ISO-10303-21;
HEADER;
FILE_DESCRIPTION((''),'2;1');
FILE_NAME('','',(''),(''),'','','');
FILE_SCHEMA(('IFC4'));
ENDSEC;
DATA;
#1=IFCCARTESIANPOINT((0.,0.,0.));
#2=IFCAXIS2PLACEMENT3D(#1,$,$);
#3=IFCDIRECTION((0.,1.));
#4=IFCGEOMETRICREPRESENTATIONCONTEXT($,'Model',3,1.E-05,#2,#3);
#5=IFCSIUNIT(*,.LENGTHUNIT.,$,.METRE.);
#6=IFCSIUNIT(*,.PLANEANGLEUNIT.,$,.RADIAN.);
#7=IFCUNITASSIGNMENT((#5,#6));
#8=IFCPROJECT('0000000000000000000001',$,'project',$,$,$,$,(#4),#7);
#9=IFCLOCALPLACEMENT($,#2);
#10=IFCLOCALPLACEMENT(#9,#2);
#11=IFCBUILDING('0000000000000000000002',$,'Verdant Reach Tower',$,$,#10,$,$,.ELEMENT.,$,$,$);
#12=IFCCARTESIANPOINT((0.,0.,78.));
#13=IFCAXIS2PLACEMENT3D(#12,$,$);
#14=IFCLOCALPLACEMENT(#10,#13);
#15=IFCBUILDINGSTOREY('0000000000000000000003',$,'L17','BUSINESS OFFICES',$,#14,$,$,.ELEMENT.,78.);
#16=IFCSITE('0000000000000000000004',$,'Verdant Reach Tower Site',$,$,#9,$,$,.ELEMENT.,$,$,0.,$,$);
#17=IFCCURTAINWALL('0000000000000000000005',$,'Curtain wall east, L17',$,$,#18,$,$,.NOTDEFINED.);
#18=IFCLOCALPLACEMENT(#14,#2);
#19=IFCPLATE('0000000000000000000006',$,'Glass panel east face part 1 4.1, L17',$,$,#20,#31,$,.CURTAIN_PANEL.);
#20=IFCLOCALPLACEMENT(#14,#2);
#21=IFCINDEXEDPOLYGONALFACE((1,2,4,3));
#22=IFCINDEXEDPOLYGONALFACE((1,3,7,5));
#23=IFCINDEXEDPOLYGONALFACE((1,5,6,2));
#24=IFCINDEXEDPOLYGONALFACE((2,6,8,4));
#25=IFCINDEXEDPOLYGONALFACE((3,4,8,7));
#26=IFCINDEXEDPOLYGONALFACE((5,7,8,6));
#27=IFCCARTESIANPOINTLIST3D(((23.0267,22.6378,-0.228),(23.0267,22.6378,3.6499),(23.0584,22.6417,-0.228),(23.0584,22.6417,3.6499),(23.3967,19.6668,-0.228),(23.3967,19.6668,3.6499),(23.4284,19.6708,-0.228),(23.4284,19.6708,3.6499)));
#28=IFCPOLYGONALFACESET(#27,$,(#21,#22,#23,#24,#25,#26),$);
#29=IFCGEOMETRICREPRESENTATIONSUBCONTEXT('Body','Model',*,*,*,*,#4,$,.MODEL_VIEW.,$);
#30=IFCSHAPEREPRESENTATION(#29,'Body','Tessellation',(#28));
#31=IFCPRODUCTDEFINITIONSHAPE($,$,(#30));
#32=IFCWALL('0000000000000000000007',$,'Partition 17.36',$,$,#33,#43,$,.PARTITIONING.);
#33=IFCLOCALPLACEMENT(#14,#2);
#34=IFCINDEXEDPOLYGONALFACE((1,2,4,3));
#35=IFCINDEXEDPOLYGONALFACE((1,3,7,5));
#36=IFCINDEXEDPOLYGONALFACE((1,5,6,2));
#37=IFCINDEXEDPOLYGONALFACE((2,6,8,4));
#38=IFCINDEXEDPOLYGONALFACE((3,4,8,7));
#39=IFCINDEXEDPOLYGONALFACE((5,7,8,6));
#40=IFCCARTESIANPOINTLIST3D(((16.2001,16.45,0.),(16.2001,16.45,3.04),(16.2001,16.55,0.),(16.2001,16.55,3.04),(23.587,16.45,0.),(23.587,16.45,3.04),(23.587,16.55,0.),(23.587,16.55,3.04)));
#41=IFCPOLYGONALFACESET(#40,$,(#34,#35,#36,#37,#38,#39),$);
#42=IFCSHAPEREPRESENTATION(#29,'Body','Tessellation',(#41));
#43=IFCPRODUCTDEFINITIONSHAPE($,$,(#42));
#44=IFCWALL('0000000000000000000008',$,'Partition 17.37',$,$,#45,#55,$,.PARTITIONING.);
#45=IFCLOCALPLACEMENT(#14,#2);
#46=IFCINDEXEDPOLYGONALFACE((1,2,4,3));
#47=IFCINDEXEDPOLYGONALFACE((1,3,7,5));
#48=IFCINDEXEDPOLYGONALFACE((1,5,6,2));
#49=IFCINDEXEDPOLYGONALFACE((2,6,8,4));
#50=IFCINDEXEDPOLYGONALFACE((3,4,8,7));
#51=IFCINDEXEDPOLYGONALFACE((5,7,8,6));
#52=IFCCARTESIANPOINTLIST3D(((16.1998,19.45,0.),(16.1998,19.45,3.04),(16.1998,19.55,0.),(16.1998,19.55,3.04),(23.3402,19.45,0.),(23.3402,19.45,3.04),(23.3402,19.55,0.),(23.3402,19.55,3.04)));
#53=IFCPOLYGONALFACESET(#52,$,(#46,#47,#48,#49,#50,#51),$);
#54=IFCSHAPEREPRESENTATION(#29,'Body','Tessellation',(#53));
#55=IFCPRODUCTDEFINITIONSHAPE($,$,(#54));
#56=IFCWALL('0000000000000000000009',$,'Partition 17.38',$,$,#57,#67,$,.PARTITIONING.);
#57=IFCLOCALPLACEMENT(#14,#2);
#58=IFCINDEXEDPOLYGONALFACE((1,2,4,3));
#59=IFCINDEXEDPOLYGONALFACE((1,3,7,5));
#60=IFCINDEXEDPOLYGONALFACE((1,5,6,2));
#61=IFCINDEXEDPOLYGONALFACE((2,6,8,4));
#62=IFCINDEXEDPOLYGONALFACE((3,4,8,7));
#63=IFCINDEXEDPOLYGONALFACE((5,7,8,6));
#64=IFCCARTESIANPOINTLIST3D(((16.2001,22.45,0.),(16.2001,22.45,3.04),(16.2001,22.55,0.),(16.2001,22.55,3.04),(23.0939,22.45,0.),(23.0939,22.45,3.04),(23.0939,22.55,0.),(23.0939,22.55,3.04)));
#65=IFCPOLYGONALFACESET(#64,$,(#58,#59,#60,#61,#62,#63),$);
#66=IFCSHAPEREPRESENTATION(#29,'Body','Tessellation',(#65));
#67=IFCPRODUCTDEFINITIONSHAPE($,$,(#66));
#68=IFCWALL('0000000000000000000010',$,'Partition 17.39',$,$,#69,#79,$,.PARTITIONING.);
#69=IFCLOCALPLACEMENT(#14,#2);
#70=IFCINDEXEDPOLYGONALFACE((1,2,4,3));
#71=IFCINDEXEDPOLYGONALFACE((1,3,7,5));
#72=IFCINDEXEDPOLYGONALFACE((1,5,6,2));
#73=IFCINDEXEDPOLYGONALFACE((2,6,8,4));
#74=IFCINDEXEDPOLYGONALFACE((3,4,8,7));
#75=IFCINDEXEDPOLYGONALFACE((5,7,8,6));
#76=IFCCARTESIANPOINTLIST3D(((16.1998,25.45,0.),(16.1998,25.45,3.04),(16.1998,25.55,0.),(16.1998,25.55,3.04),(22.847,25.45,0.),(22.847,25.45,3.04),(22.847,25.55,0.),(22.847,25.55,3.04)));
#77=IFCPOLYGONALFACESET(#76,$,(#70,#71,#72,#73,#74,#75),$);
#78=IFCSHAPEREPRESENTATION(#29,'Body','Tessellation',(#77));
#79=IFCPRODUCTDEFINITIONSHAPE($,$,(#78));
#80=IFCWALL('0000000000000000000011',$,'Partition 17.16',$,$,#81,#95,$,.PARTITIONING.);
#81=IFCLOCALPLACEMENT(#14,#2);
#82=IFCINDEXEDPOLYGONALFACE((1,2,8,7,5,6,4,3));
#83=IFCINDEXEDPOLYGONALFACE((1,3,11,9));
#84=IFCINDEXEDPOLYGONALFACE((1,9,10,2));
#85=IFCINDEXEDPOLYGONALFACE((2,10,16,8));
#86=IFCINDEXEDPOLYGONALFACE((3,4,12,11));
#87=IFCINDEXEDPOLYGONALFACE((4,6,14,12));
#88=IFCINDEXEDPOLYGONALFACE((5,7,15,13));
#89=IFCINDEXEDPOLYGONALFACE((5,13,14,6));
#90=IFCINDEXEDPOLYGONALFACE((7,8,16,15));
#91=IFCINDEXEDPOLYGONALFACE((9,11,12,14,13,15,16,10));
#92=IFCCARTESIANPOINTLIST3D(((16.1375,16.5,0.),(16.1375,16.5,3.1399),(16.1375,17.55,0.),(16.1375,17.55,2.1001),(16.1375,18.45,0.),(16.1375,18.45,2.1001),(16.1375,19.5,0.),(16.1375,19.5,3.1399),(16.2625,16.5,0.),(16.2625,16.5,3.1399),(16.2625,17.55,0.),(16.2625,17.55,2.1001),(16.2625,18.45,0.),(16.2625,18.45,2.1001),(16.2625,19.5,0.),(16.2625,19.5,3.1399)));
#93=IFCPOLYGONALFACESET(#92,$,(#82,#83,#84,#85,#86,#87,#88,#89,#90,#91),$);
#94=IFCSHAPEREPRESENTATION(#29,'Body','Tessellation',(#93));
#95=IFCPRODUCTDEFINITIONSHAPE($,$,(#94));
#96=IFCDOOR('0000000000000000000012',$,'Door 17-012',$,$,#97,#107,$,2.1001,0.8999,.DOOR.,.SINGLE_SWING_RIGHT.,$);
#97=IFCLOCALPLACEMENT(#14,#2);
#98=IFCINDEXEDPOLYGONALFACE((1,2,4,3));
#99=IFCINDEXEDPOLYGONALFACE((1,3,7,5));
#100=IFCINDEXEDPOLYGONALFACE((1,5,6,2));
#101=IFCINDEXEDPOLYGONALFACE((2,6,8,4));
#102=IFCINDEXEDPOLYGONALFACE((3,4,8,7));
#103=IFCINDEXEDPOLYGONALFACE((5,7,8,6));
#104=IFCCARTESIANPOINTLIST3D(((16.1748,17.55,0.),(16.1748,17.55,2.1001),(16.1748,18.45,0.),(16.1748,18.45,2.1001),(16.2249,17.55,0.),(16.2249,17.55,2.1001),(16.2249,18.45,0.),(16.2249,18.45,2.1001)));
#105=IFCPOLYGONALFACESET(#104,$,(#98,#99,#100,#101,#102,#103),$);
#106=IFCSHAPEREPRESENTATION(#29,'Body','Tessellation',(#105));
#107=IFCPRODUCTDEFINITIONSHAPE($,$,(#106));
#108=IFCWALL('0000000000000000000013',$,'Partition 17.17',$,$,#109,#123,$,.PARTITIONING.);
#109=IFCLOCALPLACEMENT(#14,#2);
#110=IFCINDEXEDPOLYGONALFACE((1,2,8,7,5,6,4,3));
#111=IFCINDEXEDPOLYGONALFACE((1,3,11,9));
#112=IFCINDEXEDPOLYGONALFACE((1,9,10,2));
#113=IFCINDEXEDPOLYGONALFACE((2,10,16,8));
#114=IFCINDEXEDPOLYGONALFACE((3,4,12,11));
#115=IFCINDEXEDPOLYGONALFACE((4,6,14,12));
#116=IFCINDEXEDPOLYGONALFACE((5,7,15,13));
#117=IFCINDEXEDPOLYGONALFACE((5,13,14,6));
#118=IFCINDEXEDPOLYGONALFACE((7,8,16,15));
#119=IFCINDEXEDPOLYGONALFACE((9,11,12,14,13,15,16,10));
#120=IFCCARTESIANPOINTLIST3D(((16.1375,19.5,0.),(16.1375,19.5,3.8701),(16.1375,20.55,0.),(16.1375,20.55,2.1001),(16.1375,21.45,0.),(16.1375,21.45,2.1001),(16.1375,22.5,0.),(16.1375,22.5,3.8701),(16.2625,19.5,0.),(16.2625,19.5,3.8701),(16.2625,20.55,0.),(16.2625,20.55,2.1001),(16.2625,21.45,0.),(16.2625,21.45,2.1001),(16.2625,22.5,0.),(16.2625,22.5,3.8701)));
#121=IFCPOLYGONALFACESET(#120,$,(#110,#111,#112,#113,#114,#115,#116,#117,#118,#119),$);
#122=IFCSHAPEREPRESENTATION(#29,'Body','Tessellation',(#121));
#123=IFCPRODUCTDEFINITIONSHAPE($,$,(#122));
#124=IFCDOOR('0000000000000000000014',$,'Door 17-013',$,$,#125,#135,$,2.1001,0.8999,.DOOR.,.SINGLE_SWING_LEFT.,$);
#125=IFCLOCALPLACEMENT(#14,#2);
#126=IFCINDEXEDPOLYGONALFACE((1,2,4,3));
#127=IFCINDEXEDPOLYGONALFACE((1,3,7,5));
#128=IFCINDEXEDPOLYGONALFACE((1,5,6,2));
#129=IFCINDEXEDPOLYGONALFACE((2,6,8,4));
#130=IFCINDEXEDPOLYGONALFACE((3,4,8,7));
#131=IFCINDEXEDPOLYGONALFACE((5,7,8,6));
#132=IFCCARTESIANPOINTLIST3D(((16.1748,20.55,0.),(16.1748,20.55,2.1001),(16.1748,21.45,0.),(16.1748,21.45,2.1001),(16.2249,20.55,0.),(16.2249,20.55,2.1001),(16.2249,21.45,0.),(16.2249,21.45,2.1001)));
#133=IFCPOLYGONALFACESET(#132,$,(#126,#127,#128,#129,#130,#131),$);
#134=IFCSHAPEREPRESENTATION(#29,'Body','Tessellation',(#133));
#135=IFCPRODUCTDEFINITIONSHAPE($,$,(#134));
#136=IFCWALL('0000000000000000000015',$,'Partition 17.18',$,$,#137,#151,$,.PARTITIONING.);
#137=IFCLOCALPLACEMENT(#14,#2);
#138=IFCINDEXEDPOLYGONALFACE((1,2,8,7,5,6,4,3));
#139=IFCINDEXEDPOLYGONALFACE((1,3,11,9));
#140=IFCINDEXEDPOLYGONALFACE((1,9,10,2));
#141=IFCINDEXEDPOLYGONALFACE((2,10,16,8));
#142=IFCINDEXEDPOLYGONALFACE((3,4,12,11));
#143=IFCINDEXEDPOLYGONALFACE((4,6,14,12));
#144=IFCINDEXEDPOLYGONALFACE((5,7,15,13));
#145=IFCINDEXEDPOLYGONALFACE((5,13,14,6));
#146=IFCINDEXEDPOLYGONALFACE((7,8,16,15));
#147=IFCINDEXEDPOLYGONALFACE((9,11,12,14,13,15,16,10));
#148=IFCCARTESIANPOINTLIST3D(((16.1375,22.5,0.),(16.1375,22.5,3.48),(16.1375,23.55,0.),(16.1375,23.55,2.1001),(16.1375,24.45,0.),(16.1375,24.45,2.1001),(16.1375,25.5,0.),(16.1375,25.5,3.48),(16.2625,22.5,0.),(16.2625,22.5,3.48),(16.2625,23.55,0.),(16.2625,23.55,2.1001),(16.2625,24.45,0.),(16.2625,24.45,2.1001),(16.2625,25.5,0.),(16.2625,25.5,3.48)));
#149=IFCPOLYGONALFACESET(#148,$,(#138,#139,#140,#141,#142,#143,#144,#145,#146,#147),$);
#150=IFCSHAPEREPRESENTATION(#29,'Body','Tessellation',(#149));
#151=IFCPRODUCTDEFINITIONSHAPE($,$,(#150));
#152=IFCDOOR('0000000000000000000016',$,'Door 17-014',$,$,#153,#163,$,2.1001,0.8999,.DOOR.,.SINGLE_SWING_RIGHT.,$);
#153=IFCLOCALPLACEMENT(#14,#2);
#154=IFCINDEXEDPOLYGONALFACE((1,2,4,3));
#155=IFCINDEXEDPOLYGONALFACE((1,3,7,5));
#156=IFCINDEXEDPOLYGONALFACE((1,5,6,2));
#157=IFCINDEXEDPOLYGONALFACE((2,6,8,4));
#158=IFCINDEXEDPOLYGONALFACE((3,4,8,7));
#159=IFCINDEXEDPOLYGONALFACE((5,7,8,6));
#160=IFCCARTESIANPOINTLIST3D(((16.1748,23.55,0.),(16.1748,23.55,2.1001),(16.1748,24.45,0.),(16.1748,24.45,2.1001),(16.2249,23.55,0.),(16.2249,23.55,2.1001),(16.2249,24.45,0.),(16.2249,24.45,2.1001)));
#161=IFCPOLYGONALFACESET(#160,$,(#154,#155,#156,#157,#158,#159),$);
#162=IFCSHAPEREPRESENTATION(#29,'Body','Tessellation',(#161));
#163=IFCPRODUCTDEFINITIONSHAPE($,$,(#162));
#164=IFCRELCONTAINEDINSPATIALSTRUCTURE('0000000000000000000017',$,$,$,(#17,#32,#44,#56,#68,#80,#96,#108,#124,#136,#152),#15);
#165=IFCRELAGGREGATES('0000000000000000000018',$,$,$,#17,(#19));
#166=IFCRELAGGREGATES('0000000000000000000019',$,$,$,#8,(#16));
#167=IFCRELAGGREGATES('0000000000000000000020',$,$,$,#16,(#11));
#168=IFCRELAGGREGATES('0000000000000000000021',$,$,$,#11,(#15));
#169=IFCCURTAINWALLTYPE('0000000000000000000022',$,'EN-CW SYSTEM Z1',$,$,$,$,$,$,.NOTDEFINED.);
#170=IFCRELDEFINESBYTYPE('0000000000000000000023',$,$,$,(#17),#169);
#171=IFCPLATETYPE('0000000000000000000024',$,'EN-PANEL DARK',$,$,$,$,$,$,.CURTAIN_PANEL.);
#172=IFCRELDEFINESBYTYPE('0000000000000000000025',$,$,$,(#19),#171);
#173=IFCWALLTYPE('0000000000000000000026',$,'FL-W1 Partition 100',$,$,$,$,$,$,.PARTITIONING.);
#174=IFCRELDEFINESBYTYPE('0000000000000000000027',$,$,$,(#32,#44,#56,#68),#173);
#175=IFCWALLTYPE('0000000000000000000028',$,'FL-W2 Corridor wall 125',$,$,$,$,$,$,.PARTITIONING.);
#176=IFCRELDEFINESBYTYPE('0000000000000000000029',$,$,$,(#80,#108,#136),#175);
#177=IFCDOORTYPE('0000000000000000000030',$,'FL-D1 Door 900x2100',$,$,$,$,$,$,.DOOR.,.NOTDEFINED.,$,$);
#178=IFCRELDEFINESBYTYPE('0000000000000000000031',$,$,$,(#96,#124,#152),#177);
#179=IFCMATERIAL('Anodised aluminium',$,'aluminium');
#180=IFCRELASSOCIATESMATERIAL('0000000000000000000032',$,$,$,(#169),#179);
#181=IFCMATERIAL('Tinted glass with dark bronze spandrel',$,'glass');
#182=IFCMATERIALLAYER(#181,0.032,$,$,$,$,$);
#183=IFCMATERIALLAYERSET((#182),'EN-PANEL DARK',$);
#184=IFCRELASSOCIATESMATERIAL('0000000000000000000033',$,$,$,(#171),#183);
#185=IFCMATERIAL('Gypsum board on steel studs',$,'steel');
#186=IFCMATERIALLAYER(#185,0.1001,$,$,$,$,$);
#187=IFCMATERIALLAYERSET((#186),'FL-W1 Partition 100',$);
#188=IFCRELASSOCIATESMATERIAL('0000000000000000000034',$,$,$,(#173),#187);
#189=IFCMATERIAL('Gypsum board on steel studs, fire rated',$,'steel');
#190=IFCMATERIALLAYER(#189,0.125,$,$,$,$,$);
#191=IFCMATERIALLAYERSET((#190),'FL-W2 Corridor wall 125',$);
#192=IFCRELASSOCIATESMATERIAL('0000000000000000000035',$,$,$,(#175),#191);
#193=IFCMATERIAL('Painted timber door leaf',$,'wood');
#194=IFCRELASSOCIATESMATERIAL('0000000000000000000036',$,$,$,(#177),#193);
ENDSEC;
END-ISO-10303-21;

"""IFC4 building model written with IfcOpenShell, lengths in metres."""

from ifc_helpers import new_model, si_unit, direction, frame, frame_2d, origin, origin_2d, place, context, subcontext, project, spatial, rectangle, extrude, material, layer, layer_set, type_object, element, fill, aggregate, save


model = new_model("IFC4")

# Units and contexts
model_context = context("Model", 3, precision=1e-05, world=origin(), true_north=direction((0.0, 1.0)))
body_context = subcontext(model_context, "Body", "Model", "MODEL_VIEW")
ifc_project = project(units=[si_unit("LENGTHUNIT", "METRE"), si_unit("PLANEANGLEUNIT", "RADIAN")], contexts=[model_context])

# Site, building, storey
site_placement = place(None, origin())
site = spatial("IfcSite", under=ifc_project, at=site_placement, Name="Verdant Reach Tower Site", CompositionType="ELEMENT", RefElevation=0.0)
building_placement = place(site_placement, origin())
building = spatial("IfcBuilding", under=site, at=building_placement, Name="Verdant Reach Tower", CompositionType="ELEMENT")
storey_placement = place(building_placement, frame((0.0, 0.0, 78.0)))
storey = spatial("IfcBuildingStorey", under=building, at=storey_placement, Name="L17", Description="BUSINESS OFFICES", CompositionType="ELEMENT", Elevation=78.0)

# Curtain wall, plate
ifc_material_1 = material(Name="Anodised aluminium", Category="aluminium")
curtain_wall_type = type_object("IfcCurtainWallType", Name="EN-CW SYSTEM Z1", PredefinedType="NOTDEFINED", material=ifc_material_1)
curtain_wall_placement = place(storey_placement, origin())
curtain_wall = element("IfcCurtainWall", 1, at=curtain_wall_placement, inside=storey, type_object=curtain_wall_type, Name="Curtain wall east, L17", PredefinedType="NOTDEFINED")
ifc_material_2 = material(Name="Tinted glass with dark bronze spandrel", Category="glass")
ifc_layer_1 = layer(ifc_material_2, 0.032)
ifc_layer_set_1 = layer_set([ifc_layer_1], Name="EN-PANEL DARK")
plate_type_1 = type_object("IfcPlateType", Name="EN-PANEL DARK", PredefinedType="CURTAIN_PANEL", material=ifc_layer_set_1)
plate_1_placement = place(storey_placement, frame((23.2275, 21.1543, -0.228), z_axis=(0.0, 0.0, 1.0), x_axis=(-0.123579, 0.992335, 0.0)))
plate_1 = element("IfcPlate", 2, at=plate_1_placement, type_object=plate_type_1, Name="Glass panel east face part 1 4.1, L17", PredefinedType="CURTAIN_PANEL", context=body_context, shape_type="SweptSolid", body=[
    extrude(rectangle(XDim=2.9939, YDim=0.032, at=origin_2d()), origin(), (0.0, 0.0, 1.0), 3.8779),
])
aggregate(curtain_wall, [plate_1])

# Walls
ifc_material_3 = material(Name="Gypsum board on steel studs", Category="steel")
ifc_layer_2 = layer(ifc_material_3, 0.1001)
ifc_layer_set_2 = layer_set([ifc_layer_2], Name="FL-W1 Partition 100")
wall_type_1 = type_object("IfcWallType", Name="FL-W1 Partition 100", PredefinedType="PARTITIONING", material=ifc_layer_set_2)
wall_1_placement = place(storey_placement, frame((23.5869, 16.5, 0.0), z_axis=(0.0, 0.0, 1.0), x_axis=(-1.0, 0.0, 0.0)))
element("IfcWall", 3, at=wall_1_placement, inside=storey, type_object=wall_type_1, Name="Partition 17.36", PredefinedType="PARTITIONING", context=body_context, shape_type="SweptSolid", body=[
    extrude(rectangle(XDim=7.387, YDim=0.1001, at=frame_2d((3.6934, 0.0))), origin(), (0.0, 0.0, 1.0), 3.04),
])
wall_2_placement = place(storey_placement, frame((23.3403, 19.5, 0.0), z_axis=(0.0, 0.0, 1.0), x_axis=(-1.0, 0.0, 0.0)))
element("IfcWall", 4, at=wall_2_placement, inside=storey, type_object=wall_type_1, Name="Partition 17.37", PredefinedType="PARTITIONING", context=body_context, shape_type="SweptSolid", body=[
    extrude(rectangle(XDim=7.1404, YDim=0.1001, at=frame_2d((3.5703, 0.0))), origin(), (0.0, 0.0, 1.0), 3.04),
])
wall_3_placement = place(storey_placement, frame((23.0938, 22.5, 0.0), z_axis=(0.0, 0.0, 1.0), x_axis=(-1.0, 0.0, 0.0)))
element("IfcWall", 5, at=wall_3_placement, inside=storey, type_object=wall_type_1, Name="Partition 17.38", PredefinedType="PARTITIONING", context=body_context, shape_type="SweptSolid", body=[
    extrude(rectangle(XDim=6.8938, YDim=0.1001, at=frame_2d((3.4468, 0.0))), origin(), (0.0, 0.0, 1.0), 3.04),
])
wall_4_placement = place(storey_placement, frame((22.8472, 25.5, 0.0), z_axis=(0.0, 0.0, 1.0), x_axis=(-1.0, 0.0, 0.0)))
element("IfcWall", 6, at=wall_4_placement, inside=storey, type_object=wall_type_1, Name="Partition 17.39", PredefinedType="PARTITIONING", context=body_context, shape_type="SweptSolid", body=[
    extrude(rectangle(XDim=6.6472, YDim=0.1001, at=frame_2d((3.3237, 0.0))), origin(), (0.0, 0.0, 1.0), 3.04),
])

# Walls, openings, doors
ifc_material_4 = material(Name="Gypsum board on steel studs, fire rated", Category="steel")
ifc_layer_3 = layer(ifc_material_4, 0.125)
ifc_layer_set_3 = layer_set([ifc_layer_3], Name="FL-W2 Corridor wall 125")
wall_type_2 = type_object("IfcWallType", Name="FL-W2 Corridor wall 125", PredefinedType="PARTITIONING", material=ifc_layer_set_3)
wall_5_placement = place(storey_placement, frame((16.2, 19.5, 0.0), z_axis=(0.0, 0.0, 1.0), x_axis=(0.0, -1.0, 0.0)))
wall_5 = element("IfcWall", 7, at=wall_5_placement, inside=storey, type_object=wall_type_2, Name="Partition 17.16", PredefinedType="PARTITIONING", context=body_context, shape_type="SweptSolid", body=[
    extrude(rectangle(XDim=3.0, YDim=0.125, at=frame_2d((1.5, 0.0))), origin(), (0.0, 0.0, 1.0), 3.1399),
])
opening_1_placement = place(wall_5_placement, frame((1.05, 0.0, 0.0)))
opening_1 = element("IfcOpeningElement", 8, at=opening_1_placement, cuts=wall_5, PredefinedType="OPENING", context=body_context, shape_type="SweptSolid", body=[
    extrude(rectangle(XDim=0.8999, YDim=2.1001, at=frame_2d((0.45, 1.05))), frame((0.0, 0.0725, 0.0), z_axis=(0.0, -1.0, 0.0), x_axis=(1.0, 0.0, 0.0)), (0.0, 0.0, 1.0), 0.145),
])
ifc_material_5 = material(Name="Painted timber door leaf", Category="wood")
door_type = type_object("IfcDoorType", Name="FL-D1 Door 900x2100", OperationType="NOTDEFINED", PredefinedType="DOOR", material=ifc_material_5)
door_1_placement = place(opening_1_placement, origin())
door_1 = element("IfcDoor", 9, at=door_1_placement, inside=storey, type_object=door_type, Name="Door 17-012", OperationType="SINGLE_SWING_RIGHT", OverallHeight=2.1001, OverallWidth=0.8999, PredefinedType="DOOR", context=body_context, shape_type="SweptSolid", body=[
    extrude(rectangle(XDim=0.8999, YDim=2.1001, at=frame_2d((0.45, 1.05))), frame((0.0, 0.0249, 0.0), z_axis=(0.0, -1.0, 0.0), x_axis=(1.0, 0.0, 0.0)), (0.0, 0.0, 1.0), 0.05),
])
fill(opening_1, door_1)
wall_6_placement = place(storey_placement, frame((16.2, 22.5, 0.0), z_axis=(0.0, 0.0, 1.0), x_axis=(0.0, -1.0, 0.0)))
wall_6 = element("IfcWall", 10, at=wall_6_placement, inside=storey, type_object=wall_type_2, Name="Partition 17.17", PredefinedType="PARTITIONING", context=body_context, shape_type="SweptSolid", body=[
    extrude(rectangle(XDim=3.0, YDim=0.125, at=frame_2d((1.5, 0.0))), origin(), (0.0, 0.0, 1.0), 3.8701),
])
opening_2_placement = place(wall_6_placement, frame((1.05, 0.0, 0.0)))
opening_2 = element("IfcOpeningElement", 11, at=opening_2_placement, cuts=wall_6, PredefinedType="OPENING", context=body_context, shape_type="SweptSolid", body=[
    extrude(rectangle(XDim=0.8999, YDim=2.1001, at=frame_2d((0.45, 1.05))), frame((0.0, 0.0725, 0.0), z_axis=(0.0, -1.0, 0.0), x_axis=(1.0, 0.0, 0.0)), (0.0, 0.0, 1.0), 0.145),
])
door_2_placement = place(opening_2_placement, origin())
door_2 = element("IfcDoor", 12, at=door_2_placement, inside=storey, type_object=door_type, Name="Door 17-013", OperationType="SINGLE_SWING_LEFT", OverallHeight=2.1001, OverallWidth=0.8999, PredefinedType="DOOR", context=body_context, shape_type="SweptSolid", body=[
    extrude(rectangle(XDim=0.8999, YDim=2.1001, at=frame_2d((0.45, 1.05))), frame((0.0, 0.0249, 0.0), z_axis=(0.0, -1.0, 0.0), x_axis=(1.0, 0.0, 0.0)), (0.0, 0.0, 1.0), 0.05),
])
fill(opening_2, door_2)
wall_7_placement = place(storey_placement, frame((16.2, 25.5, 0.0), z_axis=(0.0, 0.0, 1.0), x_axis=(0.0, -1.0, 0.0)))
wall_7 = element("IfcWall", 13, at=wall_7_placement, inside=storey, type_object=wall_type_2, Name="Partition 17.18", PredefinedType="PARTITIONING", context=body_context, shape_type="SweptSolid", body=[
    extrude(rectangle(XDim=3.0, YDim=0.125, at=frame_2d((1.5, 0.0))), origin(), (0.0, 0.0, 1.0), 3.48),
])
opening_3_placement = place(wall_7_placement, frame((1.05, 0.0, 0.0)))
opening_3 = element("IfcOpeningElement", 14, at=opening_3_placement, cuts=wall_7, PredefinedType="OPENING", context=body_context, shape_type="SweptSolid", body=[
    extrude(rectangle(XDim=0.8999, YDim=2.1001, at=frame_2d((0.45, 1.05))), frame((0.0, 0.0725, 0.0), z_axis=(0.0, -1.0, 0.0), x_axis=(1.0, 0.0, 0.0)), (0.0, 0.0, 1.0), 0.145),
])
door_3_placement = place(opening_3_placement, origin())
door_3 = element("IfcDoor", 15, at=door_3_placement, inside=storey, type_object=door_type, Name="Door 17-014", OperationType="SINGLE_SWING_RIGHT", OverallHeight=2.1001, OverallWidth=0.8999, PredefinedType="DOOR", context=body_context, shape_type="SweptSolid", body=[
    extrude(rectangle(XDim=0.8999, YDim=2.1001, at=frame_2d((0.45, 1.05))), frame((0.0, 0.0249, 0.0), z_axis=(0.0, -1.0, 0.0), x_axis=(1.0, 0.0, 0.0)), (0.0, 0.0, 1.0), 0.05),
])
fill(opening_3, door_3)

save(model, "model.ifc")
